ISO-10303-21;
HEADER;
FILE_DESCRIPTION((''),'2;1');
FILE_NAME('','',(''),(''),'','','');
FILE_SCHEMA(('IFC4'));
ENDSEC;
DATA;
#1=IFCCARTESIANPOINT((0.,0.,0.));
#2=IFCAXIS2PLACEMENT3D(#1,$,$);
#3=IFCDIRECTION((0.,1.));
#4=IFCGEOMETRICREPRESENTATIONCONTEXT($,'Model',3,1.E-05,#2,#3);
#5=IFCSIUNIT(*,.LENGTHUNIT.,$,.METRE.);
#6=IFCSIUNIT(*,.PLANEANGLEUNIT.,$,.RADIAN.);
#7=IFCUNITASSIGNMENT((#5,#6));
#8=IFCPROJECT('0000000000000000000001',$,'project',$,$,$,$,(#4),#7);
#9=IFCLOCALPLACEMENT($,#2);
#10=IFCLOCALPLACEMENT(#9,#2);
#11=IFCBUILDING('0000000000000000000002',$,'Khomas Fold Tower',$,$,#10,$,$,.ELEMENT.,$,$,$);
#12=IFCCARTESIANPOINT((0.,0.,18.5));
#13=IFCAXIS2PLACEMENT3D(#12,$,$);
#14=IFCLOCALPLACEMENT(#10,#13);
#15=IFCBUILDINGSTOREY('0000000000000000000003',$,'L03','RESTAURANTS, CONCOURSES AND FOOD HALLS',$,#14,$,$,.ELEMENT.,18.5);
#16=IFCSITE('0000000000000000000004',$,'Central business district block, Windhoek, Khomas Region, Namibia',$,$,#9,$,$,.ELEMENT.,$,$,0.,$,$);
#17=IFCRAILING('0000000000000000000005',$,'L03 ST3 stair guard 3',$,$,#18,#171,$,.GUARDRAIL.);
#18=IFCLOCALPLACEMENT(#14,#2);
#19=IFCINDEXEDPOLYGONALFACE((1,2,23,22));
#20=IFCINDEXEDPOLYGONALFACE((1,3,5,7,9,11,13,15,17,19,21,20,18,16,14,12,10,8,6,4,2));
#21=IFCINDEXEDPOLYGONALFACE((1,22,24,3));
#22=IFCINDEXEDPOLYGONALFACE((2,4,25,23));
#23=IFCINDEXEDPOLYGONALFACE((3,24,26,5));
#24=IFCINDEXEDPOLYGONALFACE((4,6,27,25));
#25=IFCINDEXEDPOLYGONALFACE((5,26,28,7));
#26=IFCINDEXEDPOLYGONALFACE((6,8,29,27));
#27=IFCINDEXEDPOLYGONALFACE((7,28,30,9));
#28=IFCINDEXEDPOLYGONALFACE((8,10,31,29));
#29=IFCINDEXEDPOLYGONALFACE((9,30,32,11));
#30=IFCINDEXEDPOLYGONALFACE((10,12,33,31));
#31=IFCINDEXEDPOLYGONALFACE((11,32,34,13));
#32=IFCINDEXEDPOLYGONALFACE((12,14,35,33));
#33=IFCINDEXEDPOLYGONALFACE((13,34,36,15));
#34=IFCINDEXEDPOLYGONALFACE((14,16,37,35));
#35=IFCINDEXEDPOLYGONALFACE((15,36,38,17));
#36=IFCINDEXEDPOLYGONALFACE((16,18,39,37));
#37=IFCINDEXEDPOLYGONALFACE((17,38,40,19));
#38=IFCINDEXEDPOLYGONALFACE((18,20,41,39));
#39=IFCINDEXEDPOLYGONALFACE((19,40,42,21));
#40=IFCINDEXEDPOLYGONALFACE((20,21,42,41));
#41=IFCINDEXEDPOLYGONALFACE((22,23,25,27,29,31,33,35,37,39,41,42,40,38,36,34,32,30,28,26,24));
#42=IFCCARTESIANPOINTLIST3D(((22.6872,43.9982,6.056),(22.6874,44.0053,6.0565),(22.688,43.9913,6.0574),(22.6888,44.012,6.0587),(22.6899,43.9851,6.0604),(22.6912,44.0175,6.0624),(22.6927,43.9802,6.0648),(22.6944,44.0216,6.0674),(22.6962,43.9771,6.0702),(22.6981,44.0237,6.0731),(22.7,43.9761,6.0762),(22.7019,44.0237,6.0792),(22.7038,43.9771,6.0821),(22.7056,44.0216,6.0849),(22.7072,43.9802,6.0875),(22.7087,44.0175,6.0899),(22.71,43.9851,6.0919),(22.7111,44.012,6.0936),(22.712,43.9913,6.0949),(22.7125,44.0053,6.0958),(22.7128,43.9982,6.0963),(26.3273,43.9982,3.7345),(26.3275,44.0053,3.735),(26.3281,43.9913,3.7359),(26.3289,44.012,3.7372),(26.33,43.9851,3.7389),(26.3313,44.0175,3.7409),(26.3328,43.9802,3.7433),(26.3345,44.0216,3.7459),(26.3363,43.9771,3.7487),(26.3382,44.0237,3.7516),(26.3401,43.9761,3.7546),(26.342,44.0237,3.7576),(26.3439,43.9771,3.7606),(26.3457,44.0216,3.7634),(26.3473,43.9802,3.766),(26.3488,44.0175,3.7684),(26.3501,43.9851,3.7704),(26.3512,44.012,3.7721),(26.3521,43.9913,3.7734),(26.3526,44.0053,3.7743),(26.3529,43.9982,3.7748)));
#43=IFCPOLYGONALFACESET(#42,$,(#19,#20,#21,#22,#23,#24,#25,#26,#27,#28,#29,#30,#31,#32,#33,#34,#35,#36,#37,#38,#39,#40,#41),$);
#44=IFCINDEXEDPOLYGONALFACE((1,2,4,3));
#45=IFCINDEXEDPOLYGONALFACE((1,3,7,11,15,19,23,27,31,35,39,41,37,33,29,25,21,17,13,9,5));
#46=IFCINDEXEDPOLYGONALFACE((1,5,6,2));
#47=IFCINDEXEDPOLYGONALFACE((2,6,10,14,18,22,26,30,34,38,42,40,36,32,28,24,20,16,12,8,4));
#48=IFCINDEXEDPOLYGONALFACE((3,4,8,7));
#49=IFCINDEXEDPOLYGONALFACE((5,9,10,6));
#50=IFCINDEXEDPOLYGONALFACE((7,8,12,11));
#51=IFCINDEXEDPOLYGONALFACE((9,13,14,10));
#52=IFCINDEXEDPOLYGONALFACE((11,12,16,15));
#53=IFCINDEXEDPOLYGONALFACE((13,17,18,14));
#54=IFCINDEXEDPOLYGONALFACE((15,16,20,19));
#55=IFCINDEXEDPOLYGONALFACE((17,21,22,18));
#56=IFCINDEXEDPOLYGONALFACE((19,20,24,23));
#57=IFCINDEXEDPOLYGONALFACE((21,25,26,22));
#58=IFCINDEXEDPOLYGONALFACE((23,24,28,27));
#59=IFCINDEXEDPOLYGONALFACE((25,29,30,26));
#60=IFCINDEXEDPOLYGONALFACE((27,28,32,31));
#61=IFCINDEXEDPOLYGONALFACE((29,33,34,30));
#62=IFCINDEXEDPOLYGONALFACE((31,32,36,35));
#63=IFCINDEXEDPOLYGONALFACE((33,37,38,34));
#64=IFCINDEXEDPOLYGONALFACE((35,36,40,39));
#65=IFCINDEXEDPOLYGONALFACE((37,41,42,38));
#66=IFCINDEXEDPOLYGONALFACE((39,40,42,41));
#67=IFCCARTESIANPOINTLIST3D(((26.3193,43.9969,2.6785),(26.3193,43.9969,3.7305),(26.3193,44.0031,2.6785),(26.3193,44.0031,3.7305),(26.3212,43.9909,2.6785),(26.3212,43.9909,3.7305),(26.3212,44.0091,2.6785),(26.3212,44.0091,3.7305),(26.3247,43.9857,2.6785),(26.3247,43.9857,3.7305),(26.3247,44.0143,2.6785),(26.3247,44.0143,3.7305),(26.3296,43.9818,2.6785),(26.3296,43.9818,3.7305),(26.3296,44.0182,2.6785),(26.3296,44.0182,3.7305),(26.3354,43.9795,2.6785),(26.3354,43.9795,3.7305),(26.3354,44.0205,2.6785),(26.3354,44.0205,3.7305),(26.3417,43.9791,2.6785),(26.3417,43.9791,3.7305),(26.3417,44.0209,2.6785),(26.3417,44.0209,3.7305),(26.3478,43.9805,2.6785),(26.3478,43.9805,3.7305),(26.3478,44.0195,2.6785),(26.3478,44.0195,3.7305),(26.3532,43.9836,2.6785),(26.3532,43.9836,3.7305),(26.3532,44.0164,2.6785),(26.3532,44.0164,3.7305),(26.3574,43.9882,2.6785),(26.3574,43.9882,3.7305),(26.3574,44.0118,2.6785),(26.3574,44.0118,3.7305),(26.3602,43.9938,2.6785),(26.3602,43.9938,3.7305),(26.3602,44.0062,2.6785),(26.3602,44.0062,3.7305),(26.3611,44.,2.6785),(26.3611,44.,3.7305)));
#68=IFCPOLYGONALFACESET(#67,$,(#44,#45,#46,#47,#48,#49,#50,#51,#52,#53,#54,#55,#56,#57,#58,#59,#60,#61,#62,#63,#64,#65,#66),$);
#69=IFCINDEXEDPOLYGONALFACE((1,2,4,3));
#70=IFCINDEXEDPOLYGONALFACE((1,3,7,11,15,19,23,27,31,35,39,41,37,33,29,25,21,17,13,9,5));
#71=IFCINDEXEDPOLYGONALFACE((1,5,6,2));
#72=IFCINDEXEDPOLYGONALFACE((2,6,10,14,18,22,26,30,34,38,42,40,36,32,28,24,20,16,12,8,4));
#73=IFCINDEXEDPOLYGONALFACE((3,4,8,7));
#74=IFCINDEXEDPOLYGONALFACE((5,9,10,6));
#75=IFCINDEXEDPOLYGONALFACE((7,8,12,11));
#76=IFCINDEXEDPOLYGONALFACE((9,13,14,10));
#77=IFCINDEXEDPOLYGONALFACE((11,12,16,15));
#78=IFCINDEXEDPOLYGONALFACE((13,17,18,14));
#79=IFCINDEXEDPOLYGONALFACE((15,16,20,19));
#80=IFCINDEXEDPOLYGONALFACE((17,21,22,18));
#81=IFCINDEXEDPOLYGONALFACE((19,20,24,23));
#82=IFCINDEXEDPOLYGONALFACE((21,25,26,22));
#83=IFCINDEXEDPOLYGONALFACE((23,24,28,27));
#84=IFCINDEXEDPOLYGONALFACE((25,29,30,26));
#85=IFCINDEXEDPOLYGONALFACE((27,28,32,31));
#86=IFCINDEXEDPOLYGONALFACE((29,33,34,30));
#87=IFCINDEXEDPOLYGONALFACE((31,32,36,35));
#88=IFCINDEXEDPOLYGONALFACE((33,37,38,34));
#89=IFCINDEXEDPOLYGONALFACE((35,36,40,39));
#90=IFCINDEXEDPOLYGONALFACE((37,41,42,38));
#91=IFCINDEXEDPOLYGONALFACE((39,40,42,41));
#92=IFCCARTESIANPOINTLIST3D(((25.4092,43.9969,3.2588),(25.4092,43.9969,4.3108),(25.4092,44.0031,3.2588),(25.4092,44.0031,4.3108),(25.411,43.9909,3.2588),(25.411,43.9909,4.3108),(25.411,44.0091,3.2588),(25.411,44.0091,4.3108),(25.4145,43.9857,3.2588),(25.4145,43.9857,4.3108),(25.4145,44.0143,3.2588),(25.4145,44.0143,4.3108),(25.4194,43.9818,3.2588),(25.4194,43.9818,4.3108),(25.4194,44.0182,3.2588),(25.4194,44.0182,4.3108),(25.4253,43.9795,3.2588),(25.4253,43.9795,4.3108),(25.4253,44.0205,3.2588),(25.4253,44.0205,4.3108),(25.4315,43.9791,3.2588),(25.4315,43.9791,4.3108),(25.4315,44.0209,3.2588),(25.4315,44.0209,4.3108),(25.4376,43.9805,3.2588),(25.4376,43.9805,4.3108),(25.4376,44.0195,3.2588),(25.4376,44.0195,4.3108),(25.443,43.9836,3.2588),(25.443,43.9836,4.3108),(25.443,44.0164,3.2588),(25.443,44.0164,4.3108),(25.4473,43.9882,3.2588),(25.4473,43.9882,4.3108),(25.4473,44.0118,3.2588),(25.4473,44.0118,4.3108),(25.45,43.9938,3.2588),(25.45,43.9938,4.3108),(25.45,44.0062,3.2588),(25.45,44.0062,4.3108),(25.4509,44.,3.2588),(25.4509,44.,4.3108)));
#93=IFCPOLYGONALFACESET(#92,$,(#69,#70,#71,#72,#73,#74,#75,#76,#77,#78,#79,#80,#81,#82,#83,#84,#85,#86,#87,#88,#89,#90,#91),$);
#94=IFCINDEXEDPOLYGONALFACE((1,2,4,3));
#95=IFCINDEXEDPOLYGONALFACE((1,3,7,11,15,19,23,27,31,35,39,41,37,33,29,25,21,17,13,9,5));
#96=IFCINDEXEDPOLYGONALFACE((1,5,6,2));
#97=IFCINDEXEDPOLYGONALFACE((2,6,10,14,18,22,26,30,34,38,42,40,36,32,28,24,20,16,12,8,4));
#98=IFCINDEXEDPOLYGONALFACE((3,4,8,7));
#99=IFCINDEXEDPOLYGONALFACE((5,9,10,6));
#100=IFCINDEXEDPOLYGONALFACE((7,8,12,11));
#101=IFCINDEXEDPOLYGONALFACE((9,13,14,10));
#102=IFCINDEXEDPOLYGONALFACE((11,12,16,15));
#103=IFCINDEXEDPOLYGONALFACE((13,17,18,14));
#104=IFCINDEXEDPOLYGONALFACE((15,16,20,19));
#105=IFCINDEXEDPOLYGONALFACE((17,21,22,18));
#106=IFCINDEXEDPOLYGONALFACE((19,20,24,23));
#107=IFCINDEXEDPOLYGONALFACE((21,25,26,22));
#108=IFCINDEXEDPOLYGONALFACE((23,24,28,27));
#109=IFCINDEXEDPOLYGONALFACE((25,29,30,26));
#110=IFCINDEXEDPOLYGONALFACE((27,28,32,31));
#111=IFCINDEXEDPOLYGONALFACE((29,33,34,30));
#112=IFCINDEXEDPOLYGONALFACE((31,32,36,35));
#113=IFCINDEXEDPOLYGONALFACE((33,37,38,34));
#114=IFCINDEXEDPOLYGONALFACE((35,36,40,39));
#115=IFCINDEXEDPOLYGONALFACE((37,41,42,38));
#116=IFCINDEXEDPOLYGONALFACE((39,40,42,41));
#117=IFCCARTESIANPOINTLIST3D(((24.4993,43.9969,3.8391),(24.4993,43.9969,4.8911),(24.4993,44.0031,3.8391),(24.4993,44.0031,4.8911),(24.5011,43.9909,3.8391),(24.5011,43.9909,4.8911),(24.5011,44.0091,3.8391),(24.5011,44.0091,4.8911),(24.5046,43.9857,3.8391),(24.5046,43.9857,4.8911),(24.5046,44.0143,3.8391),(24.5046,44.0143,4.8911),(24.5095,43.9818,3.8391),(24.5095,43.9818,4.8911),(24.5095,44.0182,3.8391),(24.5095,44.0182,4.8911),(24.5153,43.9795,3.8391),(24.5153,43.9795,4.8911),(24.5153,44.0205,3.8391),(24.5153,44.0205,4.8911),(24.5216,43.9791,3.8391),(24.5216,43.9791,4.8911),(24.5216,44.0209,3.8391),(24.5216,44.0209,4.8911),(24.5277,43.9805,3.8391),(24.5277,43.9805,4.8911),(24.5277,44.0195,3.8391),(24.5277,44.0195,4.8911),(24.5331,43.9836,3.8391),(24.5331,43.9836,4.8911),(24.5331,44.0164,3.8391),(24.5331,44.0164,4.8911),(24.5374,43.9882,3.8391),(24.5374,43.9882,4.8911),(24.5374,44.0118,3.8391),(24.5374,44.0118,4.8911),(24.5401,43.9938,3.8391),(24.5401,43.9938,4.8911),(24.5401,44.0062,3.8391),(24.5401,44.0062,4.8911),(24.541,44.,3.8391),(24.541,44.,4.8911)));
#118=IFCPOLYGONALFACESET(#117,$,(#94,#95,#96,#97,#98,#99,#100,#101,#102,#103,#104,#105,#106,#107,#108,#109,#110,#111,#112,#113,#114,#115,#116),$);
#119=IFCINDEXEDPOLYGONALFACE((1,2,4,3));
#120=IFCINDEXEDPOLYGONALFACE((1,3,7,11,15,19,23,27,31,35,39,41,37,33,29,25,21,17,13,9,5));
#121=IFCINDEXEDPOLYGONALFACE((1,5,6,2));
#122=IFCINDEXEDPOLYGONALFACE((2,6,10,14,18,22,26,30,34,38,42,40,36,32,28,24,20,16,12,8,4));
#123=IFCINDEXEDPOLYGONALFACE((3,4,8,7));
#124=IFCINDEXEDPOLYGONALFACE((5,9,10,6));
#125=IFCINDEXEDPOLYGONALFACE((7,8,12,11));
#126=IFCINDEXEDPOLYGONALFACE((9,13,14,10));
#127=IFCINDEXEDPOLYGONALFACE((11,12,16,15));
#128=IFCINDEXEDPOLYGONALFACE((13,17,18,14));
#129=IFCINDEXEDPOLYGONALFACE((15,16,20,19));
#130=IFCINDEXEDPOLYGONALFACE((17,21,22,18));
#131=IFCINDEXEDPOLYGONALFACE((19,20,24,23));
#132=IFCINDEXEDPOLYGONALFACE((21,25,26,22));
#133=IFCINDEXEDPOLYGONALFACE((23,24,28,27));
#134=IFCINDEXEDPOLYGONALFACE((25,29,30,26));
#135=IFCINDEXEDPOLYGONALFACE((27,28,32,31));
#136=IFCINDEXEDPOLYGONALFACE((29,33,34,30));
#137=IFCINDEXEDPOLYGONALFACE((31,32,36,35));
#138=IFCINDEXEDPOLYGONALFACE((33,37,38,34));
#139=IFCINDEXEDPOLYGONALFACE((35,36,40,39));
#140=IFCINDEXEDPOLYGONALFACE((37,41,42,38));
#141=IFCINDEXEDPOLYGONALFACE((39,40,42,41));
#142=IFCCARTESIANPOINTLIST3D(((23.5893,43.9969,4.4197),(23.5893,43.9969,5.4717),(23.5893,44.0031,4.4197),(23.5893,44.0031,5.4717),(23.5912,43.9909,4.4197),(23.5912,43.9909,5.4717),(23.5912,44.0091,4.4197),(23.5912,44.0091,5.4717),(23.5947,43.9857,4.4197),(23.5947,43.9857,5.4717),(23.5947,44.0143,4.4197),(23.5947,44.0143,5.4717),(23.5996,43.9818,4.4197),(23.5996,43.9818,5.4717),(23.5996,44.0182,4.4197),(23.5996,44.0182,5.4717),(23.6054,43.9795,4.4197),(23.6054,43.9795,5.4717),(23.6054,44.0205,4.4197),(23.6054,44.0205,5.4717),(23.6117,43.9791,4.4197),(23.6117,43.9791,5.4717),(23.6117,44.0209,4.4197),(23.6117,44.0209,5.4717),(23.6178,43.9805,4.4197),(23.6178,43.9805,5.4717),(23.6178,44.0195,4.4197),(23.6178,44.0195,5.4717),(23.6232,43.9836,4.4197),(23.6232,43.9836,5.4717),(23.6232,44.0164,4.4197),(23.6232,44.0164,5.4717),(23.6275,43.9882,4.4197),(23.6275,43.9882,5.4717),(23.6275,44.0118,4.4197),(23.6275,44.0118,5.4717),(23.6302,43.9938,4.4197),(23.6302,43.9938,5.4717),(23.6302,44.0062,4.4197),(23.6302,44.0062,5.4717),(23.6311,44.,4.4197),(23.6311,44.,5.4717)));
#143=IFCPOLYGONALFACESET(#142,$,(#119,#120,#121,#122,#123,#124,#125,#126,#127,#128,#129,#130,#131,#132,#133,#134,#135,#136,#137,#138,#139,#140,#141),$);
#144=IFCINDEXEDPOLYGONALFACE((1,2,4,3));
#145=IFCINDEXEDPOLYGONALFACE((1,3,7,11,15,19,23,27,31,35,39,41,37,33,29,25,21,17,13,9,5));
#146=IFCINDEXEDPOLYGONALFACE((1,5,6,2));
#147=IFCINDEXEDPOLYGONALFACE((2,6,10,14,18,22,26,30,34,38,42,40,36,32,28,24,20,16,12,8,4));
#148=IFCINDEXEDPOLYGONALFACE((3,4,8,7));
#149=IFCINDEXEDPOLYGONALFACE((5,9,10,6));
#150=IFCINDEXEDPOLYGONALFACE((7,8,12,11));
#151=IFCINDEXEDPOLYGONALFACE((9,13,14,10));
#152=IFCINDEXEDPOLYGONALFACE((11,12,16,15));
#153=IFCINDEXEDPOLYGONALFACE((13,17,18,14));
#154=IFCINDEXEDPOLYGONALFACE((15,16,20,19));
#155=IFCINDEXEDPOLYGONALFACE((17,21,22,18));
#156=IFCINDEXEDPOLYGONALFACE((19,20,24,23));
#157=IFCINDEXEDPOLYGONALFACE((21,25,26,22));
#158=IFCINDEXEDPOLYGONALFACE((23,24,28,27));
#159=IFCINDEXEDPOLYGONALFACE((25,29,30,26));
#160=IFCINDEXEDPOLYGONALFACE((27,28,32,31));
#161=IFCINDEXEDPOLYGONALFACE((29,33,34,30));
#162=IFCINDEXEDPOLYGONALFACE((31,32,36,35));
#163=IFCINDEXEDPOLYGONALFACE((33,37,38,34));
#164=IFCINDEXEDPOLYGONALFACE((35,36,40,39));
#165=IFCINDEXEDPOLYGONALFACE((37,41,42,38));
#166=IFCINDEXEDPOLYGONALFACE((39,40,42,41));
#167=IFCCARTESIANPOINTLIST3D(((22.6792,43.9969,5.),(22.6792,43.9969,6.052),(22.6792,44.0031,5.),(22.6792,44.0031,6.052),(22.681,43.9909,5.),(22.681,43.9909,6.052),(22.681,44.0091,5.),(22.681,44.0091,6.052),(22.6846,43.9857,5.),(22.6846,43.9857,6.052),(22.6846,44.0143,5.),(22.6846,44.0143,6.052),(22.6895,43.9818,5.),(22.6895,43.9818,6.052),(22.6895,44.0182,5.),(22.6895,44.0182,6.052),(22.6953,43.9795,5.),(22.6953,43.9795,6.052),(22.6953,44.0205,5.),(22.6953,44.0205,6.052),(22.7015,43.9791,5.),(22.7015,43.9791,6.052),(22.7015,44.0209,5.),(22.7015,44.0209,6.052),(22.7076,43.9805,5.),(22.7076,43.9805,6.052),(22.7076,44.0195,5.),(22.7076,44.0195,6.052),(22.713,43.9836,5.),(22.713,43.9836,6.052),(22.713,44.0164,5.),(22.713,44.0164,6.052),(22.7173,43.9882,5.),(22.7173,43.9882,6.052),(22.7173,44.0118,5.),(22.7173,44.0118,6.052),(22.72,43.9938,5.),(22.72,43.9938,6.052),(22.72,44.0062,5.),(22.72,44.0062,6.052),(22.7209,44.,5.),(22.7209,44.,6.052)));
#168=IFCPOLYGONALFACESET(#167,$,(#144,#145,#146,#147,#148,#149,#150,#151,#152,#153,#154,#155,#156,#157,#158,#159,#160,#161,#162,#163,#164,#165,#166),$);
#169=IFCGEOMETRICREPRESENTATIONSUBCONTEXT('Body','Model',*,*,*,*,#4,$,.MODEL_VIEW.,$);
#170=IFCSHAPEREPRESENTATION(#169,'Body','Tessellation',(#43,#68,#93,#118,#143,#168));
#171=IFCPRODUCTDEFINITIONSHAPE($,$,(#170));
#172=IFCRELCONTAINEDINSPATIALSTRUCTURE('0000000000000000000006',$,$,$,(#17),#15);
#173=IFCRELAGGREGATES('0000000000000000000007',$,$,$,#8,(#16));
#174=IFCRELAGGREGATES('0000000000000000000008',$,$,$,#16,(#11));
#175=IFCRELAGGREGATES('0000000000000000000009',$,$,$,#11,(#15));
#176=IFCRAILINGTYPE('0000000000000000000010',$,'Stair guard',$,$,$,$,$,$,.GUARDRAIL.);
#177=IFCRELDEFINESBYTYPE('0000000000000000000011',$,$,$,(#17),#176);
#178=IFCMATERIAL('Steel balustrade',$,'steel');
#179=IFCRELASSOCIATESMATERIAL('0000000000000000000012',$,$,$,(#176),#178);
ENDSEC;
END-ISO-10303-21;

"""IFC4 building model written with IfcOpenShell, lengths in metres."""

from ifc_helpers import new_model, si_unit, direction, frame, origin, origin_2d, place, context, subcontext, project, spatial, circle, extrude, source, transform, mapped, material, type_object, element, save


model = new_model("IFC4")

# Units and contexts
model_context = context("Model", 3, precision=1e-05, world=origin(), true_north=direction((0.0, 1.0)))
body_context = subcontext(model_context, "Body", "Model", "MODEL_VIEW")
ifc_project = project(units=[si_unit("LENGTHUNIT", "METRE"), si_unit("PLANEANGLEUNIT", "RADIAN")], contexts=[model_context])

# Site, building, storey
site_placement = place(None, origin())
site = spatial("IfcSite", under=ifc_project, at=site_placement, Name="Central business district block, Windhoek, Khomas Region, Namibia", CompositionType="ELEMENT", RefElevation=0.0)
building_placement = place(site_placement, origin())
building = spatial("IfcBuilding", under=site, at=building_placement, Name="Khomas Fold Tower", CompositionType="ELEMENT")
storey_placement = place(building_placement, frame((0.0, 0.0, 18.5)))
storey = spatial("IfcBuildingStorey", under=building, at=storey_placement, Name="L03", Description="RESTAURANTS, CONCOURSES AND FOOD HALLS", CompositionType="ELEMENT", Elevation=18.5)

# Railing
ifc_material_1 = material(Name="Steel balustrade", Category="steel")
railing_type_1 = type_object("IfcRailingType", Name="Stair guard", PredefinedType="GUARDRAIL", material=ifc_material_1)
shared_shape_1 = source(origin(), body_context, "Body", "SweptSolid", [
    extrude(circle(Radius=0.0239, at=origin_2d()), frame((0.0, 0.0, 1.0762), z_axis=(-0.843128, 0.0, 0.537713), x_axis=(0.0, -1.0, 0.0)), (0.0, 0.0, 1.0), 4.3174),
    extrude(circle(Radius=0.021, at=origin_2d()), origin(), (0.0, 0.0, 1.0), 1.052),
    extrude(circle(Radius=0.021, at=origin_2d()), frame((-0.9102, 0.0, 0.5803)), (0.0, 0.0, 1.0), 1.052),
    extrude(circle(Radius=0.021, at=origin_2d()), frame((-1.8201, 0.0, 1.1606)), (0.0, 0.0, 1.0), 1.052),
    extrude(circle(Radius=0.021, at=origin_2d()), frame((-2.73, 0.0, 1.7412)), (0.0, 0.0, 1.0), 1.052),
    extrude(circle(Radius=0.021, at=origin_2d()), frame((-3.6401, 0.0, 2.3215)), (0.0, 0.0, 1.0), 1.052),
])
railing_1_placement = place(storey_placement, frame((26.3401, 44.0, 2.6785)))
element("IfcRailing", 1, at=railing_1_placement, inside=storey, type_object=railing_type_1, Name="L03 ST3 stair guard 3", PredefinedType="GUARDRAIL", context=body_context, shape_type="MappedRepresentation", body=[
    mapped(shared_shape_1, transform((0.0, 0.0, 0.0))),
])

save(model, "model.ifc")
